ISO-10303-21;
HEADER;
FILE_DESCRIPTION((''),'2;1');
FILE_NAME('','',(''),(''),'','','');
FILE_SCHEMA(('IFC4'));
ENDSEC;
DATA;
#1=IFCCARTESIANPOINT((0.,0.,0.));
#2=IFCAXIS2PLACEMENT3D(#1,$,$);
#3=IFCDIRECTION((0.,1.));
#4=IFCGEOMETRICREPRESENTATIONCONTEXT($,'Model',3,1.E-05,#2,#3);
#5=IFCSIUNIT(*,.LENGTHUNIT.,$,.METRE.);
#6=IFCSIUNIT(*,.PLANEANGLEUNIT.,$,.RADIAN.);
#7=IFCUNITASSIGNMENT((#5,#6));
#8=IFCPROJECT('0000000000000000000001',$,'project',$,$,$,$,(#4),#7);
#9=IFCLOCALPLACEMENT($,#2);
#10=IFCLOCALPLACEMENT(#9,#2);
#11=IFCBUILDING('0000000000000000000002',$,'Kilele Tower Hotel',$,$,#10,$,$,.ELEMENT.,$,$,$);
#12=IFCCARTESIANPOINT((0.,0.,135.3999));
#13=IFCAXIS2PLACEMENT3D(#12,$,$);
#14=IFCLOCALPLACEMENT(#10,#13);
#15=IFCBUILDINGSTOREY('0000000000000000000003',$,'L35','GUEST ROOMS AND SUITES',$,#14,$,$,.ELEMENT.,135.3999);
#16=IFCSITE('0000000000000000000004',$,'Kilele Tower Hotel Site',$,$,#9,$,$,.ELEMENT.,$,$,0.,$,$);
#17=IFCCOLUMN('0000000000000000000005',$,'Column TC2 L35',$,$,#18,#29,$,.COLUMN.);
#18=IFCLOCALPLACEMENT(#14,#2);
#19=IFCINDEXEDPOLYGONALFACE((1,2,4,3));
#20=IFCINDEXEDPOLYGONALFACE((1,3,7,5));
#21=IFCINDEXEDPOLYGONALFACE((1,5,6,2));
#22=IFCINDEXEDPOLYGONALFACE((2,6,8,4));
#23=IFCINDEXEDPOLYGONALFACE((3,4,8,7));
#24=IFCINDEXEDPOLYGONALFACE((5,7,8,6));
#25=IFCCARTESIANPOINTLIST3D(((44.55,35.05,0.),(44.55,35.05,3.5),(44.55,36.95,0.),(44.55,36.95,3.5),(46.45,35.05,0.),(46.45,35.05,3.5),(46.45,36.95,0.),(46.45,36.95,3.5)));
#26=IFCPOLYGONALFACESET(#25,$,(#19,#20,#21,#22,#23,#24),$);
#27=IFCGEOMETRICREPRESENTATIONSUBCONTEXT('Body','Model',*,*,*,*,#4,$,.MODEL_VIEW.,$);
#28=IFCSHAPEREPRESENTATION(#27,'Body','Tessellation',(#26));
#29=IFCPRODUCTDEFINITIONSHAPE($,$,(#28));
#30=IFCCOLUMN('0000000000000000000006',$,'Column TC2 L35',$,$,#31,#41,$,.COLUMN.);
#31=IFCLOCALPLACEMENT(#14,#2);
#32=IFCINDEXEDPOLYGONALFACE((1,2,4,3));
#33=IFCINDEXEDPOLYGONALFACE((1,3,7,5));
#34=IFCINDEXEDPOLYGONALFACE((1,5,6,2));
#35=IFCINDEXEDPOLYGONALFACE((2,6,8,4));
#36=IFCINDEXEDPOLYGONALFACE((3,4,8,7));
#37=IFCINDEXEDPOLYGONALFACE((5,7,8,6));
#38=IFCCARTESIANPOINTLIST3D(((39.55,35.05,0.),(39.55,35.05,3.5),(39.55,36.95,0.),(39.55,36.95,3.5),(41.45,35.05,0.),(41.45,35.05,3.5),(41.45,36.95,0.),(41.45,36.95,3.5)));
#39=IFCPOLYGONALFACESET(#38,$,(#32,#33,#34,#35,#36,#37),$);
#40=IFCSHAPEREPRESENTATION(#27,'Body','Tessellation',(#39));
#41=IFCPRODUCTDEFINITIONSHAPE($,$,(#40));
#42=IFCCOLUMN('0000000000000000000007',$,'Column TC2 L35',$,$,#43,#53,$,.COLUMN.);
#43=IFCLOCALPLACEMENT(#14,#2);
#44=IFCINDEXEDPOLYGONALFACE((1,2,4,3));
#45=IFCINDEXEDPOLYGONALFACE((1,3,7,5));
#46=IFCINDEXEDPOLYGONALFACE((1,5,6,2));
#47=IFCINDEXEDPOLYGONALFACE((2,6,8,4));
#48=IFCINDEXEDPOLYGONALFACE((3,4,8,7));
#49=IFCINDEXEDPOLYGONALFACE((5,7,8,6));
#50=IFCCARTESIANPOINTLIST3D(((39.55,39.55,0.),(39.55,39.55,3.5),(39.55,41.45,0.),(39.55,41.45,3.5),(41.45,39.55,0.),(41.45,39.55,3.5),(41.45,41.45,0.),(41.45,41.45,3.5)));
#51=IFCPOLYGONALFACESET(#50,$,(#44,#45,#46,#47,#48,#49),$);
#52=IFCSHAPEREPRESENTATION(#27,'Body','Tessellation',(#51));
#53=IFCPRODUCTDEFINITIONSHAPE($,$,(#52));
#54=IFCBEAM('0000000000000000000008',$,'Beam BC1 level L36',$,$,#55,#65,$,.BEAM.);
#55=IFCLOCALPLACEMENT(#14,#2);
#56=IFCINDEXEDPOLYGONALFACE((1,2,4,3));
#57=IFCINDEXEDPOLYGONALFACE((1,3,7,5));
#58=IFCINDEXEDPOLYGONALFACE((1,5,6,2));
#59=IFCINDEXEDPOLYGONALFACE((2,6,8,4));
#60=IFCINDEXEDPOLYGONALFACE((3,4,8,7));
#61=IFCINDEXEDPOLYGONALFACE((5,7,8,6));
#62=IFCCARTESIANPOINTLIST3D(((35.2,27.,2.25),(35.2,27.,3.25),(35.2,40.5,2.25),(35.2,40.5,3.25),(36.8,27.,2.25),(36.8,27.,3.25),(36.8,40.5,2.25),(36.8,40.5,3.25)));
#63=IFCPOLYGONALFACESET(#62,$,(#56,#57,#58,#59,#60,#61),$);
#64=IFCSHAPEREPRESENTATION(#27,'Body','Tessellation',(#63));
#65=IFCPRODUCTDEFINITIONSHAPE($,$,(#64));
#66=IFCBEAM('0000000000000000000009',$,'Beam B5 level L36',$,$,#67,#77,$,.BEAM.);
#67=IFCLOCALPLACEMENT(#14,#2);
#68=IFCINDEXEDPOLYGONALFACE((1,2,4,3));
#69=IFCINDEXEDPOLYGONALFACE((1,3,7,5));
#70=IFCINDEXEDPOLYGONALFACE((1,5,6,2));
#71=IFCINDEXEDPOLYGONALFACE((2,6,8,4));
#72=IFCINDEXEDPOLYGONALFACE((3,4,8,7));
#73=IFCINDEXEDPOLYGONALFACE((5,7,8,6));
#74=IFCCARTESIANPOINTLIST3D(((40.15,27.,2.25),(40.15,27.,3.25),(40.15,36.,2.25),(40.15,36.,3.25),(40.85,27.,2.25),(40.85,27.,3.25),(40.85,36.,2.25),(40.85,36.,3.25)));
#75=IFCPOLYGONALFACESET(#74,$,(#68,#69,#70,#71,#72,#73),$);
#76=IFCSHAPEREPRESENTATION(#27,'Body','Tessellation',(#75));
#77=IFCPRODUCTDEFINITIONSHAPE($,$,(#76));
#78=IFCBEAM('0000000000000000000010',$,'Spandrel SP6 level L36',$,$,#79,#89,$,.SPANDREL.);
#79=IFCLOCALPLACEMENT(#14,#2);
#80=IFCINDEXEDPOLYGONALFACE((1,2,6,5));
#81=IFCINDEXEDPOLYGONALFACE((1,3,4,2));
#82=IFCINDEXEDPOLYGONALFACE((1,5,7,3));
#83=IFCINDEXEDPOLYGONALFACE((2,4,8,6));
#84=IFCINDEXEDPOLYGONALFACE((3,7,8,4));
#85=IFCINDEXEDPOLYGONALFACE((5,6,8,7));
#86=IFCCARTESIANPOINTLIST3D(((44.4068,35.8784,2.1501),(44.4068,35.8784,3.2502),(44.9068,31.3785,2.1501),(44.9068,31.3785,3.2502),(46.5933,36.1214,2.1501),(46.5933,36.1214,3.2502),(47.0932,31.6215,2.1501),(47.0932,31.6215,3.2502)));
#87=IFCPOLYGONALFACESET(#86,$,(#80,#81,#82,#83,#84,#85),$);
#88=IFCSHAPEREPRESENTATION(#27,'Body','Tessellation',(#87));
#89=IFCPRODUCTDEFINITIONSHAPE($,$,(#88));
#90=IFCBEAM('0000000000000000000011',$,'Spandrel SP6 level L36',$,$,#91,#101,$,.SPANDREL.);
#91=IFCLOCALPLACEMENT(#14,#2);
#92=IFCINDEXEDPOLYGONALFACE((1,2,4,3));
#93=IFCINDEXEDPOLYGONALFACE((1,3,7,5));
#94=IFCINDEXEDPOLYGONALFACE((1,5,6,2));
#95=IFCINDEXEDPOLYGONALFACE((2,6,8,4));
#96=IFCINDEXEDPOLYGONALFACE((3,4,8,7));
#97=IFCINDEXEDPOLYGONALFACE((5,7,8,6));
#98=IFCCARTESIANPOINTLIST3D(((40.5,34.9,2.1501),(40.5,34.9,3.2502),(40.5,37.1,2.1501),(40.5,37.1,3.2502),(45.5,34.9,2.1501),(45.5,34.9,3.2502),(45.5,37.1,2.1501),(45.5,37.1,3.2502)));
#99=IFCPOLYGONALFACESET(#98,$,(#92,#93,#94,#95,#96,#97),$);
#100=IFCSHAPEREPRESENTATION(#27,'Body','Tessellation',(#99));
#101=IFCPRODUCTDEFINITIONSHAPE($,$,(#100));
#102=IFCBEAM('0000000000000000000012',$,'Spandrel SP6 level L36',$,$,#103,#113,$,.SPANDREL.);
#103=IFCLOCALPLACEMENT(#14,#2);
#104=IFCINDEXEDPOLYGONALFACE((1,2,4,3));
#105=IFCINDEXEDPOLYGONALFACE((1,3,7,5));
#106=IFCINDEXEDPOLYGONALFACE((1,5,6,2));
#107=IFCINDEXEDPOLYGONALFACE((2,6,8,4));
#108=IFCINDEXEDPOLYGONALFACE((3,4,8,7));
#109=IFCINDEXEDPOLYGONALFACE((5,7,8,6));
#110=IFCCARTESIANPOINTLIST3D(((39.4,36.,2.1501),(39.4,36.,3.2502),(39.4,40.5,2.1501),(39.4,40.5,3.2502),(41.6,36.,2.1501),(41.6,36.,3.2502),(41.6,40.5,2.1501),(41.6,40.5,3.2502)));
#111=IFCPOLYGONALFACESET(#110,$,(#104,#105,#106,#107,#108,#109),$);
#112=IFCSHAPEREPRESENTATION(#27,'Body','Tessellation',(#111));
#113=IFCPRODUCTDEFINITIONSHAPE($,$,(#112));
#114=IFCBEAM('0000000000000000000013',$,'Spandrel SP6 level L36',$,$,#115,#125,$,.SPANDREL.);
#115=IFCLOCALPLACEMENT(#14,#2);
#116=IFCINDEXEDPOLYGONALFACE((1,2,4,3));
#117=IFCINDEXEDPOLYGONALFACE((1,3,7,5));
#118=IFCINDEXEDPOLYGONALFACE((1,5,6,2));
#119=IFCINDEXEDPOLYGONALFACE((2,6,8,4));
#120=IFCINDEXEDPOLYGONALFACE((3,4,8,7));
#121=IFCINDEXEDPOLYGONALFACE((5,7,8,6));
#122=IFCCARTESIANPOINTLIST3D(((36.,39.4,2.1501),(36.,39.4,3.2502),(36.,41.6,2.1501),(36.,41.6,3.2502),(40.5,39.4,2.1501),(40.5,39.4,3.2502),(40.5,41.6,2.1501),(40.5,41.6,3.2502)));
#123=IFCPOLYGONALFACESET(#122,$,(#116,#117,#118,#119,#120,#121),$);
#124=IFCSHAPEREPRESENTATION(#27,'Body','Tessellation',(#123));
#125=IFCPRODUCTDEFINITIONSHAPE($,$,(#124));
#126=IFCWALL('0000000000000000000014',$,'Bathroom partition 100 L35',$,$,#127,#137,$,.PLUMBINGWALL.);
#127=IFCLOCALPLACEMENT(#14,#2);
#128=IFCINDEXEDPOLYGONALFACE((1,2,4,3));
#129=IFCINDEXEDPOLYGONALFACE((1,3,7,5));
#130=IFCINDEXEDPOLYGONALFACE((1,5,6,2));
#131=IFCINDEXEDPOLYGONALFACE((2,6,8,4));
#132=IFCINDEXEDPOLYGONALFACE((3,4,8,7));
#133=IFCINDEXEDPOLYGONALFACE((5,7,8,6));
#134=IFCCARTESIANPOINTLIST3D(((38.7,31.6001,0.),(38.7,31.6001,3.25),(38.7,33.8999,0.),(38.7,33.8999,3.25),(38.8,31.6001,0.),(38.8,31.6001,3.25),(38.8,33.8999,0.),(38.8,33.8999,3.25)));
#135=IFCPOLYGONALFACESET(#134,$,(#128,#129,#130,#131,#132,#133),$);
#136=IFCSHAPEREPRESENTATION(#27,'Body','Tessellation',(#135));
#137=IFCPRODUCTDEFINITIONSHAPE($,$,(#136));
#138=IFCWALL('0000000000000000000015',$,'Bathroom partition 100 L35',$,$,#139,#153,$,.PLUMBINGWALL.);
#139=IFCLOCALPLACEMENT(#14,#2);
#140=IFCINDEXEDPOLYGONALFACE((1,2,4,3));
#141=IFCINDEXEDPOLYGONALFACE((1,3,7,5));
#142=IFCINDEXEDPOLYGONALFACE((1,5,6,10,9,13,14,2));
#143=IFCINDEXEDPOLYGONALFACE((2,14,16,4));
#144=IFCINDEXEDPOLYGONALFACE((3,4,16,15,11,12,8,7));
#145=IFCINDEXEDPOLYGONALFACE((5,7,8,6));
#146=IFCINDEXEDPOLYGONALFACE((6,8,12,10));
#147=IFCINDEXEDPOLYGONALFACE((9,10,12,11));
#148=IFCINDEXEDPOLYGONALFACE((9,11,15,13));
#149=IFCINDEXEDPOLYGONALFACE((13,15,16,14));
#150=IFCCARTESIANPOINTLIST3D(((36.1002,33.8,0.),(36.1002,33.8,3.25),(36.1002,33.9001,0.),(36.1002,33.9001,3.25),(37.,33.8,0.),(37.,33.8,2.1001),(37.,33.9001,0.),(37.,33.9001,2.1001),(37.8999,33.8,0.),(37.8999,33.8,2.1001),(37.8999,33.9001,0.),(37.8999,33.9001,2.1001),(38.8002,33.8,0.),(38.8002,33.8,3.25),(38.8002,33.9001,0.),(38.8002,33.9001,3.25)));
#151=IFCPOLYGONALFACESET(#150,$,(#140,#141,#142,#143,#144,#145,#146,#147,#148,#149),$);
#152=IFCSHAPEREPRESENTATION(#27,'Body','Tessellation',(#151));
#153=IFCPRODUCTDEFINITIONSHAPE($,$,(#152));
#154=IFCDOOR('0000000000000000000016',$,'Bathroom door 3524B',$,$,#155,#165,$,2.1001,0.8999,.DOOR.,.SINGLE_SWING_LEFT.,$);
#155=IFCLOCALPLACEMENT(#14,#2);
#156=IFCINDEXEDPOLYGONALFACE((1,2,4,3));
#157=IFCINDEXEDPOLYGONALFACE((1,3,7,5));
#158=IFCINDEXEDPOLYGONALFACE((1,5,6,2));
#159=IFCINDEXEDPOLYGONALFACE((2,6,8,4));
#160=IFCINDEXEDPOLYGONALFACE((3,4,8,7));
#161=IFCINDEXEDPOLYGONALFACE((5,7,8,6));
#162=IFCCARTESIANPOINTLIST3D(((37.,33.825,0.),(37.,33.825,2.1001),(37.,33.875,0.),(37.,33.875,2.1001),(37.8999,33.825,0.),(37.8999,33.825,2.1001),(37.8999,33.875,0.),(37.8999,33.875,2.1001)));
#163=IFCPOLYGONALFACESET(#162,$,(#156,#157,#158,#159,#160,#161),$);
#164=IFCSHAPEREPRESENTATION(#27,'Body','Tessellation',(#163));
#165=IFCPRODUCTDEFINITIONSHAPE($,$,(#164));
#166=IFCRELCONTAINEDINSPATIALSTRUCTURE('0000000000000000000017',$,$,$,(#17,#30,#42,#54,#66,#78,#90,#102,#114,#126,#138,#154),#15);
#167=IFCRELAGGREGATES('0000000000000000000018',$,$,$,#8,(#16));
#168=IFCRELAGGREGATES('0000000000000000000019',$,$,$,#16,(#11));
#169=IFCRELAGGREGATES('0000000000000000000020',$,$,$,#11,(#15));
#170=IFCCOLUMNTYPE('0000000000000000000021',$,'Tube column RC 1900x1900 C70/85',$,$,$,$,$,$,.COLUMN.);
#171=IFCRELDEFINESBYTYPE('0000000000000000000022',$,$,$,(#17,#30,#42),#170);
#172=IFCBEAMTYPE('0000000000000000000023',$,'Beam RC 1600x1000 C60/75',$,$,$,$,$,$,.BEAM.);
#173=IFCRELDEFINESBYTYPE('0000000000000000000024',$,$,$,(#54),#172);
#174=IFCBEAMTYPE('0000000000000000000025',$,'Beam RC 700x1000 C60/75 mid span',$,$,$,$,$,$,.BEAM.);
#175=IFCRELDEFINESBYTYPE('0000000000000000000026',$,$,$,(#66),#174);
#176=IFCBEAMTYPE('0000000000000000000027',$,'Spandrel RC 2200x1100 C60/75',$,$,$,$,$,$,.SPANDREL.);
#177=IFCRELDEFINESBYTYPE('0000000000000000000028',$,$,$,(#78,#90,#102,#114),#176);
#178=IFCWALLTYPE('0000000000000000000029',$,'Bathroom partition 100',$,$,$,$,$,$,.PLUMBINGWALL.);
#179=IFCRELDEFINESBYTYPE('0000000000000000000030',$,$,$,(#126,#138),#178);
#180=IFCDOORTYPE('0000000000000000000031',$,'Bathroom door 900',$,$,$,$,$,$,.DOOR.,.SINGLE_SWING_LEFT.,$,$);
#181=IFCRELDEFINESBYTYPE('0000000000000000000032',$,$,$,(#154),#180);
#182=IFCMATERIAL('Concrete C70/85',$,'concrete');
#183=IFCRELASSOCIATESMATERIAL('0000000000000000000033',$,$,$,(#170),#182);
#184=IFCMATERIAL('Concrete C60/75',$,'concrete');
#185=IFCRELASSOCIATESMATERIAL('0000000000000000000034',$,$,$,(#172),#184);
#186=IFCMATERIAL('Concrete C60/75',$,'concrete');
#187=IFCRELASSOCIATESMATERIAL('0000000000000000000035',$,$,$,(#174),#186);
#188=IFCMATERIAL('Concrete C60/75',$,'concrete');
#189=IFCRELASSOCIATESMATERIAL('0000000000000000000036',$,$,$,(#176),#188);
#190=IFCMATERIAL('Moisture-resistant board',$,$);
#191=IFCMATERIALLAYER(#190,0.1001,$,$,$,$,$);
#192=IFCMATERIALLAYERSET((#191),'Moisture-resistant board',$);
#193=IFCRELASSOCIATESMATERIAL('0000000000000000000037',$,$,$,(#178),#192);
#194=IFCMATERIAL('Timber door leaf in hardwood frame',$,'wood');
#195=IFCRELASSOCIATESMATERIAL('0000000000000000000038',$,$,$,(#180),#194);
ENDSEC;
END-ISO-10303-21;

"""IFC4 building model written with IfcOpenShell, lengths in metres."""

from ifc_helpers import new_model, si_unit, direction, frame, frame_2d, origin, origin_2d, place, context, subcontext, project, spatial, rectangle, extrude, material, layer, layer_set, material_profile, profile_set, type_object, element, fill, save


model = new_model("IFC4")

# Units and contexts
model_context = context("Model", 3, precision=1e-05, world=origin(), true_north=direction((0.0, 1.0)))
body_context = subcontext(model_context, "Body", "Model", "MODEL_VIEW")
ifc_project = project(units=[si_unit("LENGTHUNIT", "METRE"), si_unit("PLANEANGLEUNIT", "RADIAN")], contexts=[model_context])

# Site, building, storey
site_placement = place(None, origin())
site = spatial("IfcSite", under=ifc_project, at=site_placement, Name="Kilele Tower Hotel Site", CompositionType="ELEMENT", RefElevation=0.0)
building_placement = place(site_placement, origin())
building = spatial("IfcBuilding", under=site, at=building_placement, Name="Kilele Tower Hotel", CompositionType="ELEMENT")
storey_placement = place(building_placement, frame((0.0, 0.0, 135.3999)))
storey = spatial("IfcBuildingStorey", under=building, at=storey_placement, Name="L35", Description="GUEST ROOMS AND SUITES", CompositionType="ELEMENT", Elevation=135.3999)

# Columns
ifc_material_1 = material(Name="Concrete C70/85", Category="concrete")
ifc_material_profile_1 = material_profile(ifc_material_1, rectangle(XDim=1.8999, YDim=1.8999, at=origin_2d()))
ifc_profile_set_1 = profile_set([ifc_material_profile_1], Name="Concrete C70/85")
column_type = type_object("IfcColumnType", Name="Tube column RC 1900x1900 C70/85", PredefinedType="COLUMN", material=ifc_profile_set_1)
for number, where, z_axis, x_axis, name in (
    (1, (45.5, 36.0, 0.0), (0.0, 0.0, 1.0), (1.0, 0.0, 0.0), "Column TC2 L35"),
    (2, (40.5, 36.0, 0.0), (0.0, 0.0, 1.0), (1.0, 0.0, 0.0), "Column TC2 L35"),
    (3, (40.5, 40.5, 0.0), (0.0, 0.0, 1.0), (1.0, 0.0, 0.0), "Column TC2 L35"),
):
    element("IfcColumn", number, at=place(storey_placement, frame(where, z_axis=z_axis, x_axis=x_axis)), inside=storey, type_object=column_type, Name=name, PredefinedType="COLUMN", context=body_context, shape_type="SweptSolid", body=[
        extrude(rectangle(XDim=1.8999, YDim=1.8999, at=origin_2d()), origin(), (0.0, 0.0, 1.0), 3.5),
    ])

# Beams
ifc_material_2 = material(Name="Concrete C60/75", Category="concrete")
ifc_material_profile_2 = material_profile(ifc_material_2, rectangle(XDim=1.6001, YDim=1.0, at=origin_2d()))
ifc_profile_set_2 = profile_set([ifc_material_profile_2], Name="Concrete C60/75")
beam_type_1 = type_object("IfcBeamType", Name="Beam RC 1600x1000 C60/75", PredefinedType="BEAM", material=ifc_profile_set_2)
beam_1_placement = place(storey_placement, frame((36.0, 40.5, 2.75), z_axis=(0.0, -1.0, 0.0), x_axis=(1.0, 0.0, 0.0)))
element("IfcBeam", 4, at=beam_1_placement, inside=storey, type_object=beam_type_1, Name="Beam BC1 level L36", PredefinedType="BEAM", context=body_context, shape_type="SweptSolid", body=[
    extrude(rectangle(XDim=1.6001, YDim=1.0, at=origin_2d()), origin(), (0.0, 0.0, 1.0), 13.5),
])
ifc_material_3 = material(Name="Concrete C60/75", Category="concrete")
ifc_material_profile_3 = material_profile(ifc_material_3, rectangle(XDim=0.7, YDim=1.0, at=origin_2d()))
ifc_profile_set_3 = profile_set([ifc_material_profile_3], Name="Concrete C60/75")
beam_type_2 = type_object("IfcBeamType", Name="Beam RC 700x1000 C60/75 mid span", PredefinedType="BEAM", material=ifc_profile_set_3)
beam_2_placement = place(storey_placement, frame((40.5, 36.0, 2.75), z_axis=(0.0, -1.0, 0.0), x_axis=(1.0, 0.0, 0.0)))
element("IfcBeam", 5, at=beam_2_placement, inside=storey, type_object=beam_type_2, Name="Beam B5 level L36", PredefinedType="BEAM", context=body_context, shape_type="SweptSolid", body=[
    extrude(rectangle(XDim=0.7, YDim=1.0, at=origin_2d()), origin(), (0.0, 0.0, 1.0), 9.0),
])
ifc_material_4 = material(Name="Concrete C60/75", Category="concrete")
ifc_material_profile_4 = material_profile(ifc_material_4, rectangle(XDim=2.2, YDim=1.1001, at=origin_2d()))
ifc_profile_set_4 = profile_set([ifc_material_profile_4], Name="Concrete C60/75")
beam_type_3 = type_object("IfcBeamType", Name="Spandrel RC 2200x1100 C60/75", PredefinedType="SPANDREL", material=ifc_profile_set_4)
beam_3_placement = place(storey_placement, frame((46.0, 31.5, 2.7002), z_axis=(-0.110432, 0.993884, 0.0), x_axis=(-0.993884, -0.110432, 0.0)))
element("IfcBeam", 6, at=beam_3_placement, inside=storey, type_object=beam_type_3, Name="Spandrel SP6 level L36", PredefinedType="SPANDREL", context=body_context, shape_type="SweptSolid", body=[
    extrude(rectangle(XDim=2.2, YDim=1.1001, at=origin_2d()), origin(), (0.0, 0.0, 1.0), 4.5276),
])
beam_4_placement = place(storey_placement, frame((45.5, 36.0, 2.7002), z_axis=(-1.0, 0.0, 0.0), x_axis=(0.0, -1.0, 0.0)))
element("IfcBeam", 7, at=beam_4_placement, inside=storey, type_object=beam_type_3, Name="Spandrel SP6 level L36", PredefinedType="SPANDREL", context=body_context, shape_type="SweptSolid", body=[
    extrude(rectangle(XDim=2.2, YDim=1.1001, at=origin_2d()), origin(), (0.0, 0.0, 1.0), 5.0),
])
for number, where, z_axis, x_axis, name in (
    (8, (40.5, 36.0, 2.7002), (0.0, 1.0, 0.0), (-1.0, 0.0, 0.0), "Spandrel SP6 level L36"),
    (9, (40.5, 40.5, 2.7002), (-1.0, 0.0, 0.0), (0.0, -1.0, 0.0), "Spandrel SP6 level L36"),
):
    element("IfcBeam", number, at=place(storey_placement, frame(where, z_axis=z_axis, x_axis=x_axis)), inside=storey, type_object=beam_type_3, Name=name, PredefinedType="SPANDREL", context=body_context, shape_type="SweptSolid", body=[
        extrude(rectangle(XDim=2.2, YDim=1.1001, at=origin_2d()), origin(), (0.0, 0.0, 1.0), 4.5),
    ])

# Wall
ifc_material_5 = material(Name="Moisture-resistant board")
ifc_layer_1 = layer(ifc_material_5, 0.1001)
ifc_layer_set_1 = layer_set([ifc_layer_1], Name="Moisture-resistant board")
wall_type_1 = type_object("IfcWallType", Name="Bathroom partition 100", PredefinedType="PLUMBINGWALL", material=ifc_layer_set_1)
wall_1_placement = place(storey_placement, frame((38.75, 31.6001, 0.0), z_axis=(0.0, 0.0, 1.0), x_axis=(0.0, 1.0, 0.0)))
element("IfcWall", 10, at=wall_1_placement, inside=storey, type_object=wall_type_1, Name="Bathroom partition 100 L35", PredefinedType="PLUMBINGWALL", context=body_context, shape_type="SweptSolid", body=[
    extrude(rectangle(XDim=2.2998, YDim=0.1001, at=frame_2d((1.1499, 0.0))), origin(), (0.0, 0.0, 1.0), 3.25),
])

# Wall, opening, door
wall_2_placement = place(storey_placement, frame((36.1001, 33.8501, 0.0), z_axis=(0.0, 0.0, 1.0), x_axis=(1.0, 0.0, 0.0)))
wall_2 = element("IfcWall", 11, at=wall_2_placement, inside=storey, type_object=wall_type_1, Name="Bathroom partition 100 L35", PredefinedType="PLUMBINGWALL", context=body_context, shape_type="SweptSolid", body=[
    extrude(rectangle(XDim=2.7, YDim=0.1001, at=frame_2d((1.3501, 0.0))), origin(), (0.0, 0.0, 1.0), 3.25),
])
opening_1_placement = place(wall_2_placement, frame((0.8999, 0.0, 0.0)))
opening_1 = element("IfcOpeningElement", 12, at=opening_1_placement, cuts=wall_2, PredefinedType="OPENING", context=body_context, shape_type="SweptSolid", body=[
    extrude(rectangle(XDim=0.8999, YDim=2.1001, at=frame_2d((0.45, 1.05))), frame((0.0, 0.0601, 0.0), z_axis=(0.0, -1.0, 0.0), x_axis=(1.0, 0.0, 0.0)), (0.0, 0.0, 1.0), 0.1201),
])
ifc_material_6 = material(Name="Timber door leaf in hardwood frame", Category="wood")
door_type_1 = type_object("IfcDoorType", Name="Bathroom door 900", OperationType="SINGLE_SWING_LEFT", PredefinedType="DOOR", material=ifc_material_6)
door_1_placement = place(opening_1_placement, origin())
door_1 = element("IfcDoor", 13, at=door_1_placement, inside=storey, type_object=door_type_1, Name="Bathroom door 3524B", OperationType="SINGLE_SWING_LEFT", OverallHeight=2.1001, OverallWidth=0.8999, PredefinedType="DOOR", context=body_context, shape_type="SweptSolid", body=[
    extrude(rectangle(XDim=0.8999, YDim=2.1001, at=frame_2d((0.45, 1.05))), frame((0.0, 0.0249, 0.0), z_axis=(0.0, -1.0, 0.0), x_axis=(1.0, 0.0, 0.0)), (0.0, 0.0, 1.0), 0.05),
])
fill(opening_1, door_1)

save(model, "model.ifc")
